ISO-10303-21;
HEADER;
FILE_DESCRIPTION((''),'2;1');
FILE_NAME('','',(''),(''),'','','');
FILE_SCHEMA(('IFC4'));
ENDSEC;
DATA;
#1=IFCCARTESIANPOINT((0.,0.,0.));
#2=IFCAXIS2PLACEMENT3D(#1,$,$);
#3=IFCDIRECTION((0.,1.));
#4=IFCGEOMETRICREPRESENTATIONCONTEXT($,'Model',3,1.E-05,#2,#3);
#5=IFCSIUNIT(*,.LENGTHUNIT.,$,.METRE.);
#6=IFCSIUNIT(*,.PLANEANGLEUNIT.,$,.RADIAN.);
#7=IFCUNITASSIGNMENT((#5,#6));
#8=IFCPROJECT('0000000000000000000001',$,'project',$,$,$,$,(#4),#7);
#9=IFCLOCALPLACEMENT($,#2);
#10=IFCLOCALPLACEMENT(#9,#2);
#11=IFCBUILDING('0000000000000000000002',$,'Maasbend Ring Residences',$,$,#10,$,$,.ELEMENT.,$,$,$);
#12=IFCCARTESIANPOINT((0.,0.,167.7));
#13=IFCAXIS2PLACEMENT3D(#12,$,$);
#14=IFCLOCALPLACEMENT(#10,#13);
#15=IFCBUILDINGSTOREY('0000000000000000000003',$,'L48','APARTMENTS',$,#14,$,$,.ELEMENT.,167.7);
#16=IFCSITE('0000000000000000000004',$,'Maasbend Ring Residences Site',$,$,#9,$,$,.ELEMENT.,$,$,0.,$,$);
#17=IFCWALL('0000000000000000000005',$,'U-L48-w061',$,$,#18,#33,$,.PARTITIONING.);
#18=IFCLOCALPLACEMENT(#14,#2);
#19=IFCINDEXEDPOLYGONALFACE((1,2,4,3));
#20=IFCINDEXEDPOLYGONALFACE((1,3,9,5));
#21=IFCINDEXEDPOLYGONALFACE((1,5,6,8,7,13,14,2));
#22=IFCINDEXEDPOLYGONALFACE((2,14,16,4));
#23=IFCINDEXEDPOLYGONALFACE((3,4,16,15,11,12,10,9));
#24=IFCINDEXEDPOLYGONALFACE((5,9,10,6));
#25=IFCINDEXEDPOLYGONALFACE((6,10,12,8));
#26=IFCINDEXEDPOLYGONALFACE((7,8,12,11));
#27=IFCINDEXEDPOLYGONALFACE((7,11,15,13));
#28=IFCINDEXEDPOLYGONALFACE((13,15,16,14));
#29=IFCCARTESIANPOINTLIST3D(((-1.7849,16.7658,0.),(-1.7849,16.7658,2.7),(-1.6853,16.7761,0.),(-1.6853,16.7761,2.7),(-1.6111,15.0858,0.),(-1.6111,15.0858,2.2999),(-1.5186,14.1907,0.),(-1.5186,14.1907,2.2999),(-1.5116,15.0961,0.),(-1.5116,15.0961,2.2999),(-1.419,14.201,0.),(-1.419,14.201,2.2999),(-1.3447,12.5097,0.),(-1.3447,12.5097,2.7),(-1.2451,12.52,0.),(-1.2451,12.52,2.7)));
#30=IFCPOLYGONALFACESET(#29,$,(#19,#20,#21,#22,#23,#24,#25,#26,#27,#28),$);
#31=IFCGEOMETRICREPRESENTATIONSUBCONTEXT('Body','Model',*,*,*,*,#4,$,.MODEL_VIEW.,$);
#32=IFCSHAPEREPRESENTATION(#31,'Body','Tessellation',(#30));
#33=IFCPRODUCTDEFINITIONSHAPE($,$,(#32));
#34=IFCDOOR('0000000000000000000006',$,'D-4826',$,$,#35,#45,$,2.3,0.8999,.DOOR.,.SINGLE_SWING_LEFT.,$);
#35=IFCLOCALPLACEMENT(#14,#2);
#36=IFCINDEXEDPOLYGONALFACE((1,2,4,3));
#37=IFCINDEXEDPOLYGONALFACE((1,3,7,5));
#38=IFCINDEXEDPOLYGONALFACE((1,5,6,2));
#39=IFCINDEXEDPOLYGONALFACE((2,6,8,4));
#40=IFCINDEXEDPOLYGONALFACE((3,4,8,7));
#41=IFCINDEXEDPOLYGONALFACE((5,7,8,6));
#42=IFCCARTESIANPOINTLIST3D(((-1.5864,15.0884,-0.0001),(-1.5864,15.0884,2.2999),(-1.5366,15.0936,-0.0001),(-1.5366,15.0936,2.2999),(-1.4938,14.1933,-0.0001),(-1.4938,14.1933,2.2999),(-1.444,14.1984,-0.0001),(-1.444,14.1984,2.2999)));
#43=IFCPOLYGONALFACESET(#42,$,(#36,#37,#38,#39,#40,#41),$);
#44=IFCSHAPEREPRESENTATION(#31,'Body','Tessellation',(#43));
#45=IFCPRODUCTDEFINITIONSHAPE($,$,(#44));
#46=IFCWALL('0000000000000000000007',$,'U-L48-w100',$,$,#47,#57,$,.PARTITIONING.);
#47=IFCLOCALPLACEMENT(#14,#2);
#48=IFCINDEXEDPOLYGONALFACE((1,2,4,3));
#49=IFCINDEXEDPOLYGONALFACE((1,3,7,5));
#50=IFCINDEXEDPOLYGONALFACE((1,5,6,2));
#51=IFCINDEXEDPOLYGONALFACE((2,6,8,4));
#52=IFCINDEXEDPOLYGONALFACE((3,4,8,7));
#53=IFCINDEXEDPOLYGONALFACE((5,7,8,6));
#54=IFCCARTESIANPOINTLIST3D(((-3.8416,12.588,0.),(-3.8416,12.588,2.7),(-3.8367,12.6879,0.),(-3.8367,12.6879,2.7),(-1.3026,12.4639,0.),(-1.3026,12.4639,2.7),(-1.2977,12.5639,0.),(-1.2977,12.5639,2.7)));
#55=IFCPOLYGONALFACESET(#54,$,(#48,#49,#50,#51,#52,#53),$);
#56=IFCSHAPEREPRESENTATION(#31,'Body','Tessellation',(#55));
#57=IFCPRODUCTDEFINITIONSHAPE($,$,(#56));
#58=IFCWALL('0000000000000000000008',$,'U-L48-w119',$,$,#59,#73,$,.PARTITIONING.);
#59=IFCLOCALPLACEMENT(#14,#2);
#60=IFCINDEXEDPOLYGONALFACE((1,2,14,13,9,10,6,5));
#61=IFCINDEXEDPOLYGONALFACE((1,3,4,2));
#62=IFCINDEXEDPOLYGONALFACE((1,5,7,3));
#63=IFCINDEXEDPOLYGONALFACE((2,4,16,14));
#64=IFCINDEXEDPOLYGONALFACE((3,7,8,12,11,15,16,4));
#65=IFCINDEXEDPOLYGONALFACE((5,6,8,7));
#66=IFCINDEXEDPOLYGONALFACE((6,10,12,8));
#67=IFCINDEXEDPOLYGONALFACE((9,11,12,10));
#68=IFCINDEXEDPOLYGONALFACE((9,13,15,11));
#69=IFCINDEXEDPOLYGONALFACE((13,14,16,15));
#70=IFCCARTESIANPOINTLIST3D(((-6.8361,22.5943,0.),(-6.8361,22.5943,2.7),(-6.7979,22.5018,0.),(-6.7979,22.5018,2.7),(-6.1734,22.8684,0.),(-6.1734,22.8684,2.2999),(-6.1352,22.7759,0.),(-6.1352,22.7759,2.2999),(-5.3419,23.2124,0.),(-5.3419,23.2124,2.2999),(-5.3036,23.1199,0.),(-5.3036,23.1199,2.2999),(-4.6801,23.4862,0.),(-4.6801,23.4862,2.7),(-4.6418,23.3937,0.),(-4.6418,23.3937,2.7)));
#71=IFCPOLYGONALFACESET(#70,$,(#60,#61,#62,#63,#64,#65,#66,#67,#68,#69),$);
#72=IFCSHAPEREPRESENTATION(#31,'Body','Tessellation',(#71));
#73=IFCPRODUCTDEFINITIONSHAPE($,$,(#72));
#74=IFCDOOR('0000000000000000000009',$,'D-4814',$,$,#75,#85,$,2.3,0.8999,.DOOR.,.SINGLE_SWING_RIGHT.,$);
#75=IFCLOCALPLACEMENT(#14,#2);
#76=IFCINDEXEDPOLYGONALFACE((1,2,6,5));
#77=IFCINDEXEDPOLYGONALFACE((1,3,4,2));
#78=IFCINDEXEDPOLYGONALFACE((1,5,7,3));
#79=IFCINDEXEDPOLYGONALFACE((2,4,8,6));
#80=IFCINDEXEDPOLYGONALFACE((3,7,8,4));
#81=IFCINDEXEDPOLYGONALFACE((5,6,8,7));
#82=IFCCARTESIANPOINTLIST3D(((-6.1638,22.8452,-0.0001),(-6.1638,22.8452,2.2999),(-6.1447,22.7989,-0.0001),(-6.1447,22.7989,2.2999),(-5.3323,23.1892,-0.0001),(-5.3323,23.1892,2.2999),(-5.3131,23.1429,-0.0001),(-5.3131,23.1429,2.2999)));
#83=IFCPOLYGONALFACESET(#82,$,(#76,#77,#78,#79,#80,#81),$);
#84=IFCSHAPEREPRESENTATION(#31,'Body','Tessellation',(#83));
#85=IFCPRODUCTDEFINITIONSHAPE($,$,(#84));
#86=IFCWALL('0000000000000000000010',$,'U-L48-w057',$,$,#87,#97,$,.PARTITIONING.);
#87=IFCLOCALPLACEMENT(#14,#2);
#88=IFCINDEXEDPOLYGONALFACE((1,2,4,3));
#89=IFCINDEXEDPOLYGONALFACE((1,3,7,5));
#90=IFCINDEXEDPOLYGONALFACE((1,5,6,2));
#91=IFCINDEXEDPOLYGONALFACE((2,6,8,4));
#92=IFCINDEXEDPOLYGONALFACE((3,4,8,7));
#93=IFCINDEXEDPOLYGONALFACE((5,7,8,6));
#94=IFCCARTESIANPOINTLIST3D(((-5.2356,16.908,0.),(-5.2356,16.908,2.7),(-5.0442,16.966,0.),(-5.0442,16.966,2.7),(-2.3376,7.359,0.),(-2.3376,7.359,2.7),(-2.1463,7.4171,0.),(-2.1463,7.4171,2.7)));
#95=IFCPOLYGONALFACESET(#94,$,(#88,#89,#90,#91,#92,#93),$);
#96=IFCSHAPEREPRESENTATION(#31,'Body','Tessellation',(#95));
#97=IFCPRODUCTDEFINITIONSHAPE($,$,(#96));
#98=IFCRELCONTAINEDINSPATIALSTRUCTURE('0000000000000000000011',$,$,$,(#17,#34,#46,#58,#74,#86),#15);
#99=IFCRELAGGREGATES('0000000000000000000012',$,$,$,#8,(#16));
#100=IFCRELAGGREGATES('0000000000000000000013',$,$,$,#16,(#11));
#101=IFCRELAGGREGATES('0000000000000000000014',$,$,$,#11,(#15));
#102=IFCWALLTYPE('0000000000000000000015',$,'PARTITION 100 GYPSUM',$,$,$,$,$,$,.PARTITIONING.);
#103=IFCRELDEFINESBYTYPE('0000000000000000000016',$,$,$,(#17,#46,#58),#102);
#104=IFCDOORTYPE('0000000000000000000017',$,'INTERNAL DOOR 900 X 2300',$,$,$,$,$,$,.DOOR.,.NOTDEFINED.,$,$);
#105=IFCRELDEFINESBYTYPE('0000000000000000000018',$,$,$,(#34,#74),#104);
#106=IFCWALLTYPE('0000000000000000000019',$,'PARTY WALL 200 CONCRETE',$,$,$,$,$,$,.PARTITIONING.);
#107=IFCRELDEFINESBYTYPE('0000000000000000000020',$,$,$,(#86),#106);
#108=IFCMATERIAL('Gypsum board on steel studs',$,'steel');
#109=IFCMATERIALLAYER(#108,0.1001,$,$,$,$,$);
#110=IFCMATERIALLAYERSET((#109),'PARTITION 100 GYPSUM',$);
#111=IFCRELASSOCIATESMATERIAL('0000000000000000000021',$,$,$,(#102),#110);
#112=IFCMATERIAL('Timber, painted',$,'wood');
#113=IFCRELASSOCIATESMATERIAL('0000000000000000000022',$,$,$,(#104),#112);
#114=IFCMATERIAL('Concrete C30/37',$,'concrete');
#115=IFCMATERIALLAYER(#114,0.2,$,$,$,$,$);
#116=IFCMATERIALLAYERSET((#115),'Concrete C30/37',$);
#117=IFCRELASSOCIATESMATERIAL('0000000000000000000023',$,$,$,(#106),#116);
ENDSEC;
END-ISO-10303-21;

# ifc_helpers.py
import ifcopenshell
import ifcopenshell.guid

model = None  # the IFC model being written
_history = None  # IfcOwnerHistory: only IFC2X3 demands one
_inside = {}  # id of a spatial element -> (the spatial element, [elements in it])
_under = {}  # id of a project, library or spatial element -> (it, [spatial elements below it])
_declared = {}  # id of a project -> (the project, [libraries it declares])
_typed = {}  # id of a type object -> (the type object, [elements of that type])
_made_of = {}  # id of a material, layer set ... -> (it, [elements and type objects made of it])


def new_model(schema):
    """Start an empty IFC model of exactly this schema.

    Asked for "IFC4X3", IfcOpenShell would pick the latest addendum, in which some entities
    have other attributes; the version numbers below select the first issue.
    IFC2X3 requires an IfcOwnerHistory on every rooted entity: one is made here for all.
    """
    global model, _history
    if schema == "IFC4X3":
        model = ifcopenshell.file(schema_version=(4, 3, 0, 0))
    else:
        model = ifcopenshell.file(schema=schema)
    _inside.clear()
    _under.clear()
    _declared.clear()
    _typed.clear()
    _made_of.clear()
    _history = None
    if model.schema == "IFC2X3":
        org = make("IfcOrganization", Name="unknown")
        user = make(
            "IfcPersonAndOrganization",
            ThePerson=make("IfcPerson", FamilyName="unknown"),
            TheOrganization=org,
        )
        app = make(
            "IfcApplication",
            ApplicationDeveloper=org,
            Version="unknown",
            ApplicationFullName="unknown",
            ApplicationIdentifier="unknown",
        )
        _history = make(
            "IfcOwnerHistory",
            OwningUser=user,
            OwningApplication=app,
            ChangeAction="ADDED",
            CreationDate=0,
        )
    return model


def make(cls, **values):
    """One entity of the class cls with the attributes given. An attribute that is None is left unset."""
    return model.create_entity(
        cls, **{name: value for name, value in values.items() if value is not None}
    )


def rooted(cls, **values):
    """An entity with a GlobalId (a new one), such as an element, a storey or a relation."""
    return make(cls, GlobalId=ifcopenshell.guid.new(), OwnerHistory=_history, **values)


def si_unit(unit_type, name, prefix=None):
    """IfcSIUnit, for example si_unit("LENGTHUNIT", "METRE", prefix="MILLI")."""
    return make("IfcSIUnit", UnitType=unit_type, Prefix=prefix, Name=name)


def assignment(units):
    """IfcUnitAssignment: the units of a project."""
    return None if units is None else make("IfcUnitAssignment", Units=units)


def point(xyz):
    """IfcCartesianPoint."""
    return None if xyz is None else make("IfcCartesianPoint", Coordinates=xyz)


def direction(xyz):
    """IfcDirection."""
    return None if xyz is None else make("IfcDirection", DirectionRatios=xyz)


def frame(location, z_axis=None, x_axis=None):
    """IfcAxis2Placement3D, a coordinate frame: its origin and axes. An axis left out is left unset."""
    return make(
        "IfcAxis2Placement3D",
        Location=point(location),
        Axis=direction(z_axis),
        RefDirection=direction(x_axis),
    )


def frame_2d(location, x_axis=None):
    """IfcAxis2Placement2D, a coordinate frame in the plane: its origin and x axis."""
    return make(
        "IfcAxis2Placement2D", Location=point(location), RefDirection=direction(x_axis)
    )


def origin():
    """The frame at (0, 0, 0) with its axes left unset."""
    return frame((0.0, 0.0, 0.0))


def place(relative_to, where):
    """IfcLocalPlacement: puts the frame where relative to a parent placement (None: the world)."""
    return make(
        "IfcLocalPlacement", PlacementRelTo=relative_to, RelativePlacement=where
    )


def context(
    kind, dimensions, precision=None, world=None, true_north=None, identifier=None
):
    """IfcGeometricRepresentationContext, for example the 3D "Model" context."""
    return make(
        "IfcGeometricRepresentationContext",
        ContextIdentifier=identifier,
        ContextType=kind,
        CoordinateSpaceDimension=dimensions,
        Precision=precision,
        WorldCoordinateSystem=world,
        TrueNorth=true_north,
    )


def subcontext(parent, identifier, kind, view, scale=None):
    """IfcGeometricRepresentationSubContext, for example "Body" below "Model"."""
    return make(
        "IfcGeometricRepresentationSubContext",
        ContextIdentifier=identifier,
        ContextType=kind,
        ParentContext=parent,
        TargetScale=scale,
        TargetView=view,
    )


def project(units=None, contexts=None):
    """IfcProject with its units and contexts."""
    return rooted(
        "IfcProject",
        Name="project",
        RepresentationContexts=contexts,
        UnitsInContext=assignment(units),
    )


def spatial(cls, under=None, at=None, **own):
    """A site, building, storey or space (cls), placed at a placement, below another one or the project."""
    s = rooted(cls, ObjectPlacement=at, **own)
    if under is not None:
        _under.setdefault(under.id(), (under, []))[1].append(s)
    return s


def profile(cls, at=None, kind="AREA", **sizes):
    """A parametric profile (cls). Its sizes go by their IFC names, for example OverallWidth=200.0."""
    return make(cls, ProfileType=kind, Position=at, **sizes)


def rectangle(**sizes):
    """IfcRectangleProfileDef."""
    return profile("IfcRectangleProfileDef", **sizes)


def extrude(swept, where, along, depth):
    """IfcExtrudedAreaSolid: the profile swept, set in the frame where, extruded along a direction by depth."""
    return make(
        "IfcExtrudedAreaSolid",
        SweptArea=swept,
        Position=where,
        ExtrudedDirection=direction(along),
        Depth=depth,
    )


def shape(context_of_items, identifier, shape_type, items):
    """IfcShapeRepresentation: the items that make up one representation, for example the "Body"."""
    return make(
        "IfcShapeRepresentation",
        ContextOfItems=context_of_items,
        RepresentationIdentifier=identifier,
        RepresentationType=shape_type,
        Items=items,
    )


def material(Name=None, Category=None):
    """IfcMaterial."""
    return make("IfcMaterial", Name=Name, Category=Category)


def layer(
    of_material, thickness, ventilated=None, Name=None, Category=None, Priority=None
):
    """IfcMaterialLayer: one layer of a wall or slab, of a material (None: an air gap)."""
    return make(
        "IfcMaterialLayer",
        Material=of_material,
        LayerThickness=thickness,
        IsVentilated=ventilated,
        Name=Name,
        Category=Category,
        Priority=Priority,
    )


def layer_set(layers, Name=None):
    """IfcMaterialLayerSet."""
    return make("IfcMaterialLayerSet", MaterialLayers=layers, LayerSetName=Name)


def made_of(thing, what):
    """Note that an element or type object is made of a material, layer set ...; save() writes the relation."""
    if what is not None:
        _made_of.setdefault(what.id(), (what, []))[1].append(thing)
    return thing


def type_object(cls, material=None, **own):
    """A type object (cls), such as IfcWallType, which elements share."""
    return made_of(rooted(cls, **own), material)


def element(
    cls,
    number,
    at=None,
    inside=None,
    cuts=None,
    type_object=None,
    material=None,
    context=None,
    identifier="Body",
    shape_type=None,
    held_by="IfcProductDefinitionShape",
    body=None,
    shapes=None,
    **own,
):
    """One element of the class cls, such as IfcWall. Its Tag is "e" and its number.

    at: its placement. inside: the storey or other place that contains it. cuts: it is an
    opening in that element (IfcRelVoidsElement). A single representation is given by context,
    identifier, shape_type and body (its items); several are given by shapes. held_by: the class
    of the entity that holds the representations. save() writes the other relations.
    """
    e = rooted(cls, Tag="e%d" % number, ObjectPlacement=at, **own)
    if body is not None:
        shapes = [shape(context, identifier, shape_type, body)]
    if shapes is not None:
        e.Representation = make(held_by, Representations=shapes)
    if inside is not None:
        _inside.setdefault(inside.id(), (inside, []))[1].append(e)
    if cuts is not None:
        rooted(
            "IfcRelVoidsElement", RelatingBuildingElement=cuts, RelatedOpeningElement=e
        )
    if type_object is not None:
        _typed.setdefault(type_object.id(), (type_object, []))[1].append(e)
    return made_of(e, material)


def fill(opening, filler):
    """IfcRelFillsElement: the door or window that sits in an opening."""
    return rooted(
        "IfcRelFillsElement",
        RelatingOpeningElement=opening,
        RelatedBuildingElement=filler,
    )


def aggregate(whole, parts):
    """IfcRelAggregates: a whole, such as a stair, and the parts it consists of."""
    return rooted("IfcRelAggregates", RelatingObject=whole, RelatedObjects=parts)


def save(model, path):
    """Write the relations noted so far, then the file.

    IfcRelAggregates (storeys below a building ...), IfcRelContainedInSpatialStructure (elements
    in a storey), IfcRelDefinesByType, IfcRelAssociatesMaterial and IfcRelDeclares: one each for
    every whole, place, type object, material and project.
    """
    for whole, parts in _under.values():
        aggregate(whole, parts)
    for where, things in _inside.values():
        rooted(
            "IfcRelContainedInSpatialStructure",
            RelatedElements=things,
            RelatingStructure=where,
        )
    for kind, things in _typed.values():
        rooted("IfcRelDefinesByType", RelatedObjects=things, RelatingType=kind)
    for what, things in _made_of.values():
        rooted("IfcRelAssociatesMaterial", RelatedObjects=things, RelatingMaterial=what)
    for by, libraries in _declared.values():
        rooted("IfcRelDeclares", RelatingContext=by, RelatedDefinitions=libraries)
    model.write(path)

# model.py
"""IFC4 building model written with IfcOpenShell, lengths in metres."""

from ifc_helpers import new_model, si_unit, direction, frame, frame_2d, origin, place, context, subcontext, project, spatial, rectangle, extrude, material, layer, layer_set, type_object, element, fill, save


model = new_model("IFC4")

# Units and contexts
model_context = context("Model", 3, precision=1e-05, world=origin(), true_north=direction((0.0, 1.0)))
body_context = subcontext(model_context, "Body", "Model", "MODEL_VIEW")
ifc_project = project(units=[si_unit("LENGTHUNIT", "METRE"), si_unit("PLANEANGLEUNIT", "RADIAN")], contexts=[model_context])

# Site, building, storey
site_placement = place(None, origin())
site = spatial("IfcSite", under=ifc_project, at=site_placement, Name="Maasbend Ring Residences Site", CompositionType="ELEMENT", RefElevation=0.0)
building_placement = place(site_placement, origin())
building = spatial("IfcBuilding", under=site, at=building_placement, Name="Maasbend Ring Residences", CompositionType="ELEMENT")
storey_placement = place(building_placement, frame((0.0, 0.0, 167.7)))
storey = spatial("IfcBuildingStorey", under=building, at=storey_placement, Name="L48", Description="APARTMENTS", CompositionType="ELEMENT", Elevation=167.7)

# Shared definitions
ifc_material_1 = material(Name="Gypsum board on steel studs", Category="steel")
ifc_layer_1 = layer(ifc_material_1, 0.1001)
ifc_layer_set_1 = layer_set([ifc_layer_1], Name="PARTITION 100 GYPSUM")
wall_type_1 = type_object("IfcWallType", Name="PARTITION 100 GYPSUM", PredefinedType="PARTITIONING", material=ifc_layer_set_1)
ifc_material_2 = material(Name="Timber, painted", Category="wood")
door_type_1 = type_object("IfcDoorType", Name="INTERNAL DOOR 900 X 2300", OperationType="NOTDEFINED", PredefinedType="DOOR", material=ifc_material_2)

# Wall, opening, door
wall_1_placement = place(storey_placement, frame((-1.7351, 16.771, 0.0), z_axis=(0.0, 0.0, 1.0), x_axis=(0.102876, -0.994694, 0.0)))
wall_1 = element("IfcWall", 1, at=wall_1_placement, inside=storey, type_object=wall_type_1, Name="U-L48-w061", PredefinedType="PARTITIONING", context=body_context, shape_type="SweptSolid", body=[
    extrude(rectangle(XDim=4.2788, YDim=0.1001, at=frame_2d((2.1394, 0.0))), origin(), (0.0, 0.0, 1.0), 2.7),
])
opening_1_placement = place(wall_1_placement, frame((1.689, 0.0, 0.0)))
opening_1 = element("IfcOpeningElement", 2, at=opening_1_placement, cuts=wall_1, PredefinedType="OPENING", context=body_context, shape_type="SweptSolid", body=[
    extrude(rectangle(XDim=0.8999, YDim=2.3, at=frame_2d((0.45, 1.1499))), frame((0.0, 0.0601, 0.0), z_axis=(0.0, -1.0, 0.0), x_axis=(1.0, 0.0, 0.0)), (0.0, 0.0, 1.0), 0.1201),
])
door_1_placement = place(opening_1_placement, origin())
door_1 = element("IfcDoor", 3, at=door_1_placement, inside=storey, type_object=door_type_1, Name="D-4826", OperationType="SINGLE_SWING_LEFT", OverallHeight=2.3, OverallWidth=0.8999, PredefinedType="DOOR", context=body_context, shape_type="SweptSolid", body=[
    extrude(rectangle(XDim=0.8999, YDim=2.3, at=frame_2d((0.45, 1.1499))), frame((0.0, 0.0249, 0.0), z_axis=(0.0, -1.0, 0.0), x_axis=(1.0, 0.0, 0.0)), (0.0, 0.0, 1.0), 0.05),
])
fill(opening_1, door_1)

# Wall
wall_2_placement = place(storey_placement, frame((-3.8391, 12.6379, 0.0), z_axis=(0.0, 0.0, 1.0), x_axis=(0.998809, -0.048788, 0.0)))
element("IfcWall", 4, at=wall_2_placement, inside=storey, type_object=wall_type_1, Name="U-L48-w100", PredefinedType="PARTITIONING", context=body_context, shape_type="SweptSolid", body=[
    extrude(rectangle(XDim=2.542, YDim=0.1001, at=frame_2d((1.271, 0.0))), origin(), (0.0, 0.0, 1.0), 2.7),
])

# Wall, opening, door
wall_3_placement = place(storey_placement, frame((-6.8169, 22.5481, 0.0), z_axis=(0.0, 0.0, 1.0), x_axis=(0.924061, 0.382244, 0.0)))
wall_3 = element("IfcWall", 5, at=wall_3_placement, inside=storey, type_object=wall_type_1, Name="U-L48-w119", PredefinedType="PARTITIONING", context=body_context, shape_type="SweptSolid", body=[
    extrude(rectangle(XDim=2.3333, YDim=0.1001, at=frame_2d((1.1665, 0.0))), origin(), (0.0, 0.0, 1.0), 2.7),
])
opening_2_placement = place(wall_3_placement, frame((0.717, 0.0, 0.0)))
opening_2 = element("IfcOpeningElement", 6, at=opening_2_placement, cuts=wall_3, PredefinedType="OPENING", context=body_context, shape_type="SweptSolid", body=[
    extrude(rectangle(XDim=0.8999, YDim=2.3, at=frame_2d((0.45, 1.1499))), frame((0.0, 0.0601, 0.0), z_axis=(0.0, -1.0, 0.0), x_axis=(1.0, 0.0, 0.0)), (0.0, 0.0, 1.0), 0.1201),
])
door_2_placement = place(opening_2_placement, origin())
door_2 = element("IfcDoor", 7, at=door_2_placement, inside=storey, type_object=door_type_1, Name="D-4814", OperationType="SINGLE_SWING_RIGHT", OverallHeight=2.3, OverallWidth=0.8999, PredefinedType="DOOR", context=body_context, shape_type="SweptSolid", body=[
    extrude(rectangle(XDim=0.8999, YDim=2.3, at=frame_2d((0.45, 1.1499))), frame((0.0, 0.0249, 0.0), z_axis=(0.0, -1.0, 0.0), x_axis=(1.0, 0.0, 0.0)), (0.0, 0.0, 1.0), 0.05),
])
fill(opening_2, door_2)

# Wall
ifc_material_3 = material(Name="Concrete C30/37", Category="concrete")
ifc_layer_2 = layer(ifc_material_3, 0.2)
ifc_layer_set_2 = layer_set([ifc_layer_2], Name="Concrete C30/37")
wall_type_2 = type_object("IfcWallType", Name="PARTY WALL 200 CONCRETE", PredefinedType="PARTITIONING", material=ifc_layer_set_2)
wall_4_placement = place(storey_placement, frame((-5.1399, 16.937, 0.0), z_axis=(0.0, 0.0, 1.0), x_axis=(0.290401, -0.956905, 0.0)))
element("IfcWall", 8, at=wall_4_placement, inside=storey, type_object=wall_type_2, Name="U-L48-w057", PredefinedType="PARTITIONING", context=body_context, shape_type="SweptSolid", body=[
    extrude(rectangle(XDim=9.979, YDim=0.2, at=frame_2d((4.9895, 0.0))), origin(), (0.0, 0.0, 1.0), 2.7),
])

save(model, "model.ifc")
